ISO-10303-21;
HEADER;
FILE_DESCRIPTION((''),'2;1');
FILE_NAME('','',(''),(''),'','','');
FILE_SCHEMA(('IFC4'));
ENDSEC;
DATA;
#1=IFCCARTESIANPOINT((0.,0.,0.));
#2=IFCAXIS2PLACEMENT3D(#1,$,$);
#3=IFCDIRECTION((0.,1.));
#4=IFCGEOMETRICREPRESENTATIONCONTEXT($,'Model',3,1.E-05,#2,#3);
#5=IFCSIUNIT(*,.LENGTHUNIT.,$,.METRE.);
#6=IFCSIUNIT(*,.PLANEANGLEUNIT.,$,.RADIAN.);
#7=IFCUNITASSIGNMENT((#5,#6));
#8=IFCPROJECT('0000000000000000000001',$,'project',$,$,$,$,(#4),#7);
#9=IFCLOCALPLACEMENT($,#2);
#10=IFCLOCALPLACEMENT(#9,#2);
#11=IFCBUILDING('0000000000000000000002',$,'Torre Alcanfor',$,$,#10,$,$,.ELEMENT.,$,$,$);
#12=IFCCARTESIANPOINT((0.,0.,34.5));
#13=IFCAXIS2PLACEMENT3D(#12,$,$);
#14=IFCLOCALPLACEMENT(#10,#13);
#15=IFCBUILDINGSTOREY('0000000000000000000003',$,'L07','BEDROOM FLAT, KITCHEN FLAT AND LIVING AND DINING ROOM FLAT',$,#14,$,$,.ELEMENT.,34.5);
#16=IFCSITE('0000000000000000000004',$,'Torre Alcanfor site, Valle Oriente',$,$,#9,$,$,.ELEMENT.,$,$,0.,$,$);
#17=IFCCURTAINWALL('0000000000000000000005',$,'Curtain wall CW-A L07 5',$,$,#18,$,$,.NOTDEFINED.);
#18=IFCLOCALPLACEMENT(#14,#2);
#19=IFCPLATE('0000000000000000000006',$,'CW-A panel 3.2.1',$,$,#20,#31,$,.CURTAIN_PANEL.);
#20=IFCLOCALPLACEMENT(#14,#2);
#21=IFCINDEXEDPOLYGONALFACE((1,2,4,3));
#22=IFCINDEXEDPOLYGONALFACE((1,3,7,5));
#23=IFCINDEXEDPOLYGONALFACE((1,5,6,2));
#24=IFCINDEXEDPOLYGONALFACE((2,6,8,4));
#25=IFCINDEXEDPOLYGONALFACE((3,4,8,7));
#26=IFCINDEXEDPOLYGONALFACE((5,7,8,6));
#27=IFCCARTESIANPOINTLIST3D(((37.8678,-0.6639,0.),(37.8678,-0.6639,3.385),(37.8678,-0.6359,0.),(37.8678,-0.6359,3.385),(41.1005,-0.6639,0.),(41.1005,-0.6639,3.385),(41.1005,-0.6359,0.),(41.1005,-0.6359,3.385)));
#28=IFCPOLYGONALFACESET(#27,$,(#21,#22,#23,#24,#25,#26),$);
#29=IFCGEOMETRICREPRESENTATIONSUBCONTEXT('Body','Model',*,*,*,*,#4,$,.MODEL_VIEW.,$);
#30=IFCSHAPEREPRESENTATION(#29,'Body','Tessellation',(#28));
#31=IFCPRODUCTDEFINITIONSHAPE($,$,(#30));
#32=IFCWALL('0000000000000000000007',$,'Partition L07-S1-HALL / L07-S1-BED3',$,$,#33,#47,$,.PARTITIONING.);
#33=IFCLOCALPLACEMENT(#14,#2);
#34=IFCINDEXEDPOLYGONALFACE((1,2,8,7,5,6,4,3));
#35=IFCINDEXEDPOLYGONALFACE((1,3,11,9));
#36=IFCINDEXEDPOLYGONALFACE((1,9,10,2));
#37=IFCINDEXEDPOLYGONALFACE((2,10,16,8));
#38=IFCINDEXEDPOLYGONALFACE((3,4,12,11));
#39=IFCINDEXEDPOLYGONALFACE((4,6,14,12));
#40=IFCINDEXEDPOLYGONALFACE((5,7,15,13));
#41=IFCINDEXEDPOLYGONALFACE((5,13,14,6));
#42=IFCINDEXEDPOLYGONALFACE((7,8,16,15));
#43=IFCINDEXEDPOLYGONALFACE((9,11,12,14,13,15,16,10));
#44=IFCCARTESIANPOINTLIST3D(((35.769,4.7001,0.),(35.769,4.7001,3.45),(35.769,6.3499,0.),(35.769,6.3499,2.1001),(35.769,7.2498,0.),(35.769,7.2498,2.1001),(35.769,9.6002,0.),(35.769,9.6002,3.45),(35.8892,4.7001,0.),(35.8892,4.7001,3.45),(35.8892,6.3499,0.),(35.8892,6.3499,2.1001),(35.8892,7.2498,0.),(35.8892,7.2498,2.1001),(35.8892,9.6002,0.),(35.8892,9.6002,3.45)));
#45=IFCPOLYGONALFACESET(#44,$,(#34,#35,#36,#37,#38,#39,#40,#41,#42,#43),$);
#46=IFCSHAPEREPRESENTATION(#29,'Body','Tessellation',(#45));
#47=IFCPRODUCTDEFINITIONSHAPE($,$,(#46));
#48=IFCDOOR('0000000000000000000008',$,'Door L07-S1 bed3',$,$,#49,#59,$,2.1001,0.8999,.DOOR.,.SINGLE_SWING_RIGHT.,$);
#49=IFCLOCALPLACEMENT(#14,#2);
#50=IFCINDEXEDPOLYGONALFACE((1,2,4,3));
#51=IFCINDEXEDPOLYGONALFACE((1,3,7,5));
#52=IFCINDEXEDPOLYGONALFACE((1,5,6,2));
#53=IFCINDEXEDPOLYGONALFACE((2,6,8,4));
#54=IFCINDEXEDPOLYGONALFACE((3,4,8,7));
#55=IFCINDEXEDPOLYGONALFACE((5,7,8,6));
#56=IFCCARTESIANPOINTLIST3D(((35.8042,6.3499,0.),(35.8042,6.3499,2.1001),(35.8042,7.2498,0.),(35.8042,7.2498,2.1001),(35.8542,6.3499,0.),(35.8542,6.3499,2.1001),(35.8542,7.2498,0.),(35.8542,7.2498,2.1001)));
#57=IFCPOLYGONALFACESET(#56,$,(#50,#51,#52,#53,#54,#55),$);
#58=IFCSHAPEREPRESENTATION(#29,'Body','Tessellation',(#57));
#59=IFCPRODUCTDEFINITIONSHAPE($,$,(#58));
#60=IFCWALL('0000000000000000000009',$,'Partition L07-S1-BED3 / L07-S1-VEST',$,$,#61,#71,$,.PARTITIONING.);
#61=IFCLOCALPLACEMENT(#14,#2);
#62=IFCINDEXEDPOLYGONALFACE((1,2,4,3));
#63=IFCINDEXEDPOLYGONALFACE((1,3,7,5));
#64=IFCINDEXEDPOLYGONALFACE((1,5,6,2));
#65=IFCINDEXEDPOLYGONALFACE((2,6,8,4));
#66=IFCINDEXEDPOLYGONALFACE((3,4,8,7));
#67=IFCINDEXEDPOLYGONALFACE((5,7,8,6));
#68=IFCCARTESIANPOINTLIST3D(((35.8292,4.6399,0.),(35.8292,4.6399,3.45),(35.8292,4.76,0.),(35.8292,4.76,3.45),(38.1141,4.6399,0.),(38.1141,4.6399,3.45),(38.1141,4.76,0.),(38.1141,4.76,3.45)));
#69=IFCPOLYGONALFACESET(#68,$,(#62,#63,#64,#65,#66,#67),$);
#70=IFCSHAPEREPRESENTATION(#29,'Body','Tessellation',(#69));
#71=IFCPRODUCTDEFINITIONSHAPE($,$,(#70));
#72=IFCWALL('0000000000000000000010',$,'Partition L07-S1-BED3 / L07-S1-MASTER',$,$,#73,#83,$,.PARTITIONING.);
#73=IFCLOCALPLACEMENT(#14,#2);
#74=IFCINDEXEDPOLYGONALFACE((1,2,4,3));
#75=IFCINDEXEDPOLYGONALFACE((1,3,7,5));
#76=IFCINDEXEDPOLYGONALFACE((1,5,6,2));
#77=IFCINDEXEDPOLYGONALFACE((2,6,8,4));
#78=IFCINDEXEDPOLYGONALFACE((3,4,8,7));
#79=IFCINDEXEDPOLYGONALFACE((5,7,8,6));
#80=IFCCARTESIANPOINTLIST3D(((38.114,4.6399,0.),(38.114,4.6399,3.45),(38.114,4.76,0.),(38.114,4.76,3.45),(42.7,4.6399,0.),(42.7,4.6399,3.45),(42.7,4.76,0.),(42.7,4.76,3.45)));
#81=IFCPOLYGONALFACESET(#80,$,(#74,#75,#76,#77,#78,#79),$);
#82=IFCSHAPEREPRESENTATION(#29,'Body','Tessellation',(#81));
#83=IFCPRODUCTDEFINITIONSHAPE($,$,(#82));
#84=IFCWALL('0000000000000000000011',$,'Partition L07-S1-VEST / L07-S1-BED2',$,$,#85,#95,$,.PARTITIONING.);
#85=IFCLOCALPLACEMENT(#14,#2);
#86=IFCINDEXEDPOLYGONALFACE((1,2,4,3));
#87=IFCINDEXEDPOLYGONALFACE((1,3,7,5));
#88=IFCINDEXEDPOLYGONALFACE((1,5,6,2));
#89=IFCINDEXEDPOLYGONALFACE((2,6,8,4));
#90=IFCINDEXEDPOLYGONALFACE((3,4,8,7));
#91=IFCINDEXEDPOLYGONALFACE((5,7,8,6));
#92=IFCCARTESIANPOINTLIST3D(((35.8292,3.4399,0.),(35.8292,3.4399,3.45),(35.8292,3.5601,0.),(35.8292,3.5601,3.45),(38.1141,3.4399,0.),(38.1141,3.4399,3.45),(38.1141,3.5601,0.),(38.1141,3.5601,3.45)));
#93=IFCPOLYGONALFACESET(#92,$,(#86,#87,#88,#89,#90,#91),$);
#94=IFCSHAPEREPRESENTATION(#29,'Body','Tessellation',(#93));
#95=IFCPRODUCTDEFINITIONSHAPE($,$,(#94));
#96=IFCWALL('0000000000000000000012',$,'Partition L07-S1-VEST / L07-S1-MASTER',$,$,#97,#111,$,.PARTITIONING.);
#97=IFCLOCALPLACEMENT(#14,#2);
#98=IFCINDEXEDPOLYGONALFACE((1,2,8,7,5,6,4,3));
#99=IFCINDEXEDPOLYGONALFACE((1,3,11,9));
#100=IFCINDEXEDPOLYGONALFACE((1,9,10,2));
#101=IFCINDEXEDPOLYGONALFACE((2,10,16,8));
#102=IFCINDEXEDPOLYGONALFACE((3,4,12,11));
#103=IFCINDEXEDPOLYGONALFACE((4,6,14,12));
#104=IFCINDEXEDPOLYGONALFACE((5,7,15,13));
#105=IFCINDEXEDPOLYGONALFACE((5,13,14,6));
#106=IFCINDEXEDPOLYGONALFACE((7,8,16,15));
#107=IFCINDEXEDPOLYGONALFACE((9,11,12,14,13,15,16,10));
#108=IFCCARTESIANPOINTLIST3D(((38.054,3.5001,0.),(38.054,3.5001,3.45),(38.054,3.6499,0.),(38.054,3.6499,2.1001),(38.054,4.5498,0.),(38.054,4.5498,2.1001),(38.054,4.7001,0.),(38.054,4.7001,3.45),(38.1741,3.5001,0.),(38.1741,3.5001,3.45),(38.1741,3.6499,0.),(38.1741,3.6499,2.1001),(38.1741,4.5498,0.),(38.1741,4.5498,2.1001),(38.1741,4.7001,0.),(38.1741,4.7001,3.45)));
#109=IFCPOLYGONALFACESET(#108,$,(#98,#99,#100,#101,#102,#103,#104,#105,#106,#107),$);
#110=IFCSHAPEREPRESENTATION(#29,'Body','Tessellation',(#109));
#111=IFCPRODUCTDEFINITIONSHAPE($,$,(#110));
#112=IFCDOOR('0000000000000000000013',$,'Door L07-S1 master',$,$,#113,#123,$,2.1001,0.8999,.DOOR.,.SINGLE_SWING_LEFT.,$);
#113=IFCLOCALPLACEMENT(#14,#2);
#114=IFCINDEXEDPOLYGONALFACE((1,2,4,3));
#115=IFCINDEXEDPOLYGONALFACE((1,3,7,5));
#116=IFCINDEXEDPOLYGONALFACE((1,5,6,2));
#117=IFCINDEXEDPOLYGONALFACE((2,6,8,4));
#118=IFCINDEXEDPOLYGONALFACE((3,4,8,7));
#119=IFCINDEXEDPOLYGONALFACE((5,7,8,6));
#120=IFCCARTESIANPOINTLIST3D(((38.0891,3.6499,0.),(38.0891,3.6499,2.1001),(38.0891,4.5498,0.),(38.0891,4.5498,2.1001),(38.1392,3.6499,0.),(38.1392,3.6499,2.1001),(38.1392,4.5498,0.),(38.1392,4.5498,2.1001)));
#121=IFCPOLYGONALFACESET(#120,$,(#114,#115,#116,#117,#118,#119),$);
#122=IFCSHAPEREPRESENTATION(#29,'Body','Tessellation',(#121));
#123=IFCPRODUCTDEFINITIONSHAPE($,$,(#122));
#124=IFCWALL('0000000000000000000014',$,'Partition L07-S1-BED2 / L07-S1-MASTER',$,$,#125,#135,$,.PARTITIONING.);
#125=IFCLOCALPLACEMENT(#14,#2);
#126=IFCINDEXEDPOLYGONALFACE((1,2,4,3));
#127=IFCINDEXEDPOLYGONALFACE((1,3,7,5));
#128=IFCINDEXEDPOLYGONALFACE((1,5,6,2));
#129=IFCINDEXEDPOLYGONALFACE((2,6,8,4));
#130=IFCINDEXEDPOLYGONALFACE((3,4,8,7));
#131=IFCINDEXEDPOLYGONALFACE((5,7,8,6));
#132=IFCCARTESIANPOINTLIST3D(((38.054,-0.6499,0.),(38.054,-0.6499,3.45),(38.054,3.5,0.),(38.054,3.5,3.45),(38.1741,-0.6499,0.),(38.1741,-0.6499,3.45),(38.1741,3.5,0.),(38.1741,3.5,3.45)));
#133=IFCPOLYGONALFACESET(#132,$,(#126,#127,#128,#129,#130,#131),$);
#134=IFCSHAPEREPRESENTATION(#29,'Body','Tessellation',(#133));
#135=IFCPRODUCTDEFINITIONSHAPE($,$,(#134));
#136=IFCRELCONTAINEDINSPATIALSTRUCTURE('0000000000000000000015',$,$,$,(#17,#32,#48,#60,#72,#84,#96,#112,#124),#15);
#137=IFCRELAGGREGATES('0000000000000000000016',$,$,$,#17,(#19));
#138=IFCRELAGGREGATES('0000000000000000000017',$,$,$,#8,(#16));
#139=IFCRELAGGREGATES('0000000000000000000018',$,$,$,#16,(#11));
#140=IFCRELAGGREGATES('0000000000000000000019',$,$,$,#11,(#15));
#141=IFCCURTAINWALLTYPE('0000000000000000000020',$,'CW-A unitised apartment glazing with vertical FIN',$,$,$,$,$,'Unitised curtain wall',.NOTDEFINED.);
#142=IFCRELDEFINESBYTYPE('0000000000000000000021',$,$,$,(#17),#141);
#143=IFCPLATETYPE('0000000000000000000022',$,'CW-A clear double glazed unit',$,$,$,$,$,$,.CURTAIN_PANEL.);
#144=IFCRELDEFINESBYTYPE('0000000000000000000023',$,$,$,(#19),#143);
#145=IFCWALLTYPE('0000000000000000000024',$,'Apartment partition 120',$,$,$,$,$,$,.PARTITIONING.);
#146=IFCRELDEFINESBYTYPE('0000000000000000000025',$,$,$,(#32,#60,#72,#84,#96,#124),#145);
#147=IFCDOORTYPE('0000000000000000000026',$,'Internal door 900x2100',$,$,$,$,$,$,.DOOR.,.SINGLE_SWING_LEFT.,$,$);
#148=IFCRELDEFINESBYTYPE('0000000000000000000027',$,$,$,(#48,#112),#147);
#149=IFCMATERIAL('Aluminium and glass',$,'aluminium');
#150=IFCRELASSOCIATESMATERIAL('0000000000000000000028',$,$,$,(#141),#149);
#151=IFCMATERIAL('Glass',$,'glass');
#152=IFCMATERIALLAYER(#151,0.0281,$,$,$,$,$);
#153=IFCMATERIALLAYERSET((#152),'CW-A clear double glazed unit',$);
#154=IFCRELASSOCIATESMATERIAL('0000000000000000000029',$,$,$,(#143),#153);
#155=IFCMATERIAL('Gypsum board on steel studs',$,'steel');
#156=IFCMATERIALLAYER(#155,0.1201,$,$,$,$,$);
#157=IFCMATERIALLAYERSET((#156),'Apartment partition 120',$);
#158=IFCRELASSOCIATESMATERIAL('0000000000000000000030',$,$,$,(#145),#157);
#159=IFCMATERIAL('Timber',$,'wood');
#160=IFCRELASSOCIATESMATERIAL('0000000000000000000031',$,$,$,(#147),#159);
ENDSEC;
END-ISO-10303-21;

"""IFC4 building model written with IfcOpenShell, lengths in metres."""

from ifc_helpers import new_model, si_unit, direction, frame, frame_2d, origin, origin_2d, place, context, subcontext, project, spatial, rectangle, extrude, material, layer, layer_set, type_object, element, fill, aggregate, save


model = new_model("IFC4")

# Units and contexts
model_context = context("Model", 3, precision=1e-05, world=origin(), true_north=direction((0.0, 1.0)))
body_context = subcontext(model_context, "Body", "Model", "MODEL_VIEW")
ifc_project = project(units=[si_unit("LENGTHUNIT", "METRE"), si_unit("PLANEANGLEUNIT", "RADIAN")], contexts=[model_context])

# Site, building, storey
site_placement = place(None, origin())
site = spatial("IfcSite", under=ifc_project, at=site_placement, Name="Torre Alcanfor site, Valle Oriente", CompositionType="ELEMENT", RefElevation=0.0)
building_placement = place(site_placement, origin())
building = spatial("IfcBuilding", under=site, at=building_placement, Name="Torre Alcanfor", CompositionType="ELEMENT")
storey_placement = place(building_placement, frame((0.0, 0.0, 34.5)))
storey = spatial("IfcBuildingStorey", under=building, at=storey_placement, Name="L07", Description="BEDROOM FLAT, KITCHEN FLAT AND LIVING AND DINING ROOM FLAT", CompositionType="ELEMENT", Elevation=34.5)

# Curtain wall
ifc_material_1 = material(Name="Aluminium and glass", Category="aluminium")
curtain_wall_type = type_object("IfcCurtainWallType", Name="CW-A unitised apartment glazing with vertical FIN", ElementType="Unitised curtain wall", PredefinedType="NOTDEFINED", material=ifc_material_1)
curtain_wall_placement = place(storey_placement, origin())
curtain_wall = element("IfcCurtainWall", 1, at=curtain_wall_placement, inside=storey, type_object=curtain_wall_type, Name="Curtain wall CW-A L07 5", PredefinedType="NOTDEFINED")

# Plate
ifc_material_2 = material(Name="Glass", Category="glass")
ifc_layer_1 = layer(ifc_material_2, 0.0281)
ifc_layer_set_1 = layer_set([ifc_layer_1], Name="CW-A clear double glazed unit")
plate_type = type_object("IfcPlateType", Name="CW-A clear double glazed unit", PredefinedType="CURTAIN_PANEL", material=ifc_layer_set_1)
plate_1_placement = place(storey_placement, frame((39.4841, -0.6499, 0.0), z_axis=(0.0, 0.0, 1.0), x_axis=(1.0, 0.0, 0.0)))
plate_1 = element("IfcPlate", 2, at=plate_1_placement, type_object=plate_type, Name="CW-A panel 3.2.1", PredefinedType="CURTAIN_PANEL", context=body_context, shape_type="SweptSolid", body=[
    extrude(rectangle(XDim=3.2327, YDim=0.0281, at=origin_2d()), origin(), (0.0, 0.0, 1.0), 3.385),
])
aggregate(curtain_wall, [plate_1])

# Wall, opening, door
ifc_material_3 = material(Name="Gypsum board on steel studs", Category="steel")
ifc_layer_2 = layer(ifc_material_3, 0.1201)
ifc_layer_set_2 = layer_set([ifc_layer_2], Name="Apartment partition 120")
wall_type_1 = type_object("IfcWallType", Name="Apartment partition 120", PredefinedType="PARTITIONING", material=ifc_layer_set_2)
wall_1_placement = place(storey_placement, frame((35.8291, 4.7, 0.0), z_axis=(0.0, 0.0, 1.0), x_axis=(0.0, 1.0, 0.0)))
wall_1 = element("IfcWall", 3, at=wall_1_placement, inside=storey, type_object=wall_type_1, Name="Partition L07-S1-HALL / L07-S1-BED3", PredefinedType="PARTITIONING", context=body_context, shape_type="SweptSolid", body=[
    extrude(rectangle(XDim=4.9001, YDim=0.1201, at=frame_2d((2.4502, 0.0))), origin(), (0.0, 0.0, 1.0), 3.45),
])
opening_1_placement = place(wall_1_placement, frame((1.6499, 0.0, 0.0)))
opening_1 = element("IfcOpeningElement", 4, at=opening_1_placement, cuts=wall_1, PredefinedType="OPENING", context=body_context, shape_type="SweptSolid", body=[
    extrude(rectangle(XDim=0.8999, YDim=2.1001, at=frame_2d((0.45, 1.05))), frame((0.0, 0.0701, 0.0), z_axis=(0.0, -1.0, 0.0), x_axis=(1.0, 0.0, 0.0)), (0.0, 0.0, 1.0), 0.1401),
])
ifc_material_4 = material(Name="Timber", Category="wood")
door_type = type_object("IfcDoorType", Name="Internal door 900x2100", OperationType="SINGLE_SWING_LEFT", PredefinedType="DOOR", material=ifc_material_4)
door_1_placement = place(opening_1_placement, frame((0.8999, 0.0, 0.0), z_axis=(0.0, 0.0, 1.0), x_axis=(-1.0, 0.0, 0.0)))
door_1 = element("IfcDoor", 5, at=door_1_placement, inside=storey, type_object=door_type, Name="Door L07-S1 bed3", OperationType="SINGLE_SWING_RIGHT", OverallHeight=2.1001, OverallWidth=0.8999, PredefinedType="DOOR", context=body_context, shape_type="SweptSolid", body=[
    extrude(rectangle(XDim=0.8999, YDim=2.1001, at=frame_2d((0.45, 1.05))), frame((0.0, 0.0251, 0.0), z_axis=(0.0, -1.0, 0.0), x_axis=(1.0, 0.0, 0.0)), (0.0, 0.0, 1.0), 0.05),
])
fill(opening_1, door_1)

# Walls
wall_2_placement = place(storey_placement, frame((35.8291, 4.7, 0.0), z_axis=(0.0, 0.0, 1.0), x_axis=(1.0, 0.0, 0.0)))
element("IfcWall", 6, at=wall_2_placement, inside=storey, type_object=wall_type_1, Name="Partition L07-S1-BED3 / L07-S1-VEST", PredefinedType="PARTITIONING", context=body_context, shape_type="SweptSolid", body=[
    extrude(rectangle(XDim=2.2849, YDim=0.1201, at=frame_2d((1.1426, 0.0))), origin(), (0.0, 0.0, 1.0), 3.45),
])
wall_3_placement = place(storey_placement, frame((38.114, 4.7, 0.0), z_axis=(0.0, 0.0, 1.0), x_axis=(1.0, 0.0, 0.0)))
element("IfcWall", 7, at=wall_3_placement, inside=storey, type_object=wall_type_1, Name="Partition L07-S1-BED3 / L07-S1-MASTER", PredefinedType="PARTITIONING", context=body_context, shape_type="SweptSolid", body=[
    extrude(rectangle(XDim=4.5859, YDim=0.1201, at=frame_2d((2.293, 0.0))), origin(), (0.0, 0.0, 1.0), 3.45),
])
wall_4_placement = place(storey_placement, frame((35.8291, 3.5, 0.0), z_axis=(0.0, 0.0, 1.0), x_axis=(1.0, 0.0, 0.0)))
element("IfcWall", 8, at=wall_4_placement, inside=storey, type_object=wall_type_1, Name="Partition L07-S1-VEST / L07-S1-BED2", PredefinedType="PARTITIONING", context=body_context, shape_type="SweptSolid", body=[
    extrude(rectangle(XDim=2.2849, YDim=0.1201, at=frame_2d((1.1426, 0.0))), origin(), (0.0, 0.0, 1.0), 3.45),
])

# Wall, opening, door
wall_5_placement = place(storey_placement, frame((38.114, 3.5, 0.0), z_axis=(0.0, 0.0, 1.0), x_axis=(0.0, 1.0, 0.0)))
wall_5 = element("IfcWall", 9, at=wall_5_placement, inside=storey, type_object=wall_type_1, Name="Partition L07-S1-VEST / L07-S1-MASTER", PredefinedType="PARTITIONING", context=body_context, shape_type="SweptSolid", body=[
    extrude(rectangle(XDim=1.2, YDim=0.1201, at=frame_2d((0.6001, 0.0))), origin(), (0.0, 0.0, 1.0), 3.45),
])
opening_2_placement = place(wall_5_placement, frame((0.1499, 0.0, 0.0)))
opening_2 = element("IfcOpeningElement", 10, at=opening_2_placement, cuts=wall_5, PredefinedType="OPENING", context=body_context, shape_type="SweptSolid", body=[
    extrude(rectangle(XDim=0.8999, YDim=2.1001, at=frame_2d((0.45, 1.05))), frame((0.0, 0.0701, 0.0), z_axis=(0.0, -1.0, 0.0), x_axis=(1.0, 0.0, 0.0)), (0.0, 0.0, 1.0), 0.1401),
])
door_2_placement = place(opening_2_placement, origin())
door_2 = element("IfcDoor", 11, at=door_2_placement, inside=storey, type_object=door_type, Name="Door L07-S1 master", OperationType="SINGLE_SWING_LEFT", OverallHeight=2.1001, OverallWidth=0.8999, PredefinedType="DOOR", context=body_context, shape_type="SweptSolid", body=[
    extrude(rectangle(XDim=0.8999, YDim=2.1001, at=frame_2d((0.45, 1.05))), frame((0.0, 0.0249, 0.0), z_axis=(0.0, -1.0, 0.0), x_axis=(1.0, 0.0, 0.0)), (0.0, 0.0, 1.0), 0.05),
])
fill(opening_2, door_2)

# Wall
wall_6_placement = place(storey_placement, frame((38.114, -0.6499, 0.0), z_axis=(0.0, 0.0, 1.0), x_axis=(0.0, 1.0, 0.0)))
element("IfcWall", 12, at=wall_6_placement, inside=storey, type_object=wall_type_1, Name="Partition L07-S1-BED2 / L07-S1-MASTER", PredefinedType="PARTITIONING", context=body_context, shape_type="SweptSolid", body=[
    extrude(rectangle(XDim=4.1499, YDim=0.1201, at=frame_2d((2.075, 0.0))), origin(), (0.0, 0.0, 1.0), 3.45),
])

save(model, "model.ifc")
